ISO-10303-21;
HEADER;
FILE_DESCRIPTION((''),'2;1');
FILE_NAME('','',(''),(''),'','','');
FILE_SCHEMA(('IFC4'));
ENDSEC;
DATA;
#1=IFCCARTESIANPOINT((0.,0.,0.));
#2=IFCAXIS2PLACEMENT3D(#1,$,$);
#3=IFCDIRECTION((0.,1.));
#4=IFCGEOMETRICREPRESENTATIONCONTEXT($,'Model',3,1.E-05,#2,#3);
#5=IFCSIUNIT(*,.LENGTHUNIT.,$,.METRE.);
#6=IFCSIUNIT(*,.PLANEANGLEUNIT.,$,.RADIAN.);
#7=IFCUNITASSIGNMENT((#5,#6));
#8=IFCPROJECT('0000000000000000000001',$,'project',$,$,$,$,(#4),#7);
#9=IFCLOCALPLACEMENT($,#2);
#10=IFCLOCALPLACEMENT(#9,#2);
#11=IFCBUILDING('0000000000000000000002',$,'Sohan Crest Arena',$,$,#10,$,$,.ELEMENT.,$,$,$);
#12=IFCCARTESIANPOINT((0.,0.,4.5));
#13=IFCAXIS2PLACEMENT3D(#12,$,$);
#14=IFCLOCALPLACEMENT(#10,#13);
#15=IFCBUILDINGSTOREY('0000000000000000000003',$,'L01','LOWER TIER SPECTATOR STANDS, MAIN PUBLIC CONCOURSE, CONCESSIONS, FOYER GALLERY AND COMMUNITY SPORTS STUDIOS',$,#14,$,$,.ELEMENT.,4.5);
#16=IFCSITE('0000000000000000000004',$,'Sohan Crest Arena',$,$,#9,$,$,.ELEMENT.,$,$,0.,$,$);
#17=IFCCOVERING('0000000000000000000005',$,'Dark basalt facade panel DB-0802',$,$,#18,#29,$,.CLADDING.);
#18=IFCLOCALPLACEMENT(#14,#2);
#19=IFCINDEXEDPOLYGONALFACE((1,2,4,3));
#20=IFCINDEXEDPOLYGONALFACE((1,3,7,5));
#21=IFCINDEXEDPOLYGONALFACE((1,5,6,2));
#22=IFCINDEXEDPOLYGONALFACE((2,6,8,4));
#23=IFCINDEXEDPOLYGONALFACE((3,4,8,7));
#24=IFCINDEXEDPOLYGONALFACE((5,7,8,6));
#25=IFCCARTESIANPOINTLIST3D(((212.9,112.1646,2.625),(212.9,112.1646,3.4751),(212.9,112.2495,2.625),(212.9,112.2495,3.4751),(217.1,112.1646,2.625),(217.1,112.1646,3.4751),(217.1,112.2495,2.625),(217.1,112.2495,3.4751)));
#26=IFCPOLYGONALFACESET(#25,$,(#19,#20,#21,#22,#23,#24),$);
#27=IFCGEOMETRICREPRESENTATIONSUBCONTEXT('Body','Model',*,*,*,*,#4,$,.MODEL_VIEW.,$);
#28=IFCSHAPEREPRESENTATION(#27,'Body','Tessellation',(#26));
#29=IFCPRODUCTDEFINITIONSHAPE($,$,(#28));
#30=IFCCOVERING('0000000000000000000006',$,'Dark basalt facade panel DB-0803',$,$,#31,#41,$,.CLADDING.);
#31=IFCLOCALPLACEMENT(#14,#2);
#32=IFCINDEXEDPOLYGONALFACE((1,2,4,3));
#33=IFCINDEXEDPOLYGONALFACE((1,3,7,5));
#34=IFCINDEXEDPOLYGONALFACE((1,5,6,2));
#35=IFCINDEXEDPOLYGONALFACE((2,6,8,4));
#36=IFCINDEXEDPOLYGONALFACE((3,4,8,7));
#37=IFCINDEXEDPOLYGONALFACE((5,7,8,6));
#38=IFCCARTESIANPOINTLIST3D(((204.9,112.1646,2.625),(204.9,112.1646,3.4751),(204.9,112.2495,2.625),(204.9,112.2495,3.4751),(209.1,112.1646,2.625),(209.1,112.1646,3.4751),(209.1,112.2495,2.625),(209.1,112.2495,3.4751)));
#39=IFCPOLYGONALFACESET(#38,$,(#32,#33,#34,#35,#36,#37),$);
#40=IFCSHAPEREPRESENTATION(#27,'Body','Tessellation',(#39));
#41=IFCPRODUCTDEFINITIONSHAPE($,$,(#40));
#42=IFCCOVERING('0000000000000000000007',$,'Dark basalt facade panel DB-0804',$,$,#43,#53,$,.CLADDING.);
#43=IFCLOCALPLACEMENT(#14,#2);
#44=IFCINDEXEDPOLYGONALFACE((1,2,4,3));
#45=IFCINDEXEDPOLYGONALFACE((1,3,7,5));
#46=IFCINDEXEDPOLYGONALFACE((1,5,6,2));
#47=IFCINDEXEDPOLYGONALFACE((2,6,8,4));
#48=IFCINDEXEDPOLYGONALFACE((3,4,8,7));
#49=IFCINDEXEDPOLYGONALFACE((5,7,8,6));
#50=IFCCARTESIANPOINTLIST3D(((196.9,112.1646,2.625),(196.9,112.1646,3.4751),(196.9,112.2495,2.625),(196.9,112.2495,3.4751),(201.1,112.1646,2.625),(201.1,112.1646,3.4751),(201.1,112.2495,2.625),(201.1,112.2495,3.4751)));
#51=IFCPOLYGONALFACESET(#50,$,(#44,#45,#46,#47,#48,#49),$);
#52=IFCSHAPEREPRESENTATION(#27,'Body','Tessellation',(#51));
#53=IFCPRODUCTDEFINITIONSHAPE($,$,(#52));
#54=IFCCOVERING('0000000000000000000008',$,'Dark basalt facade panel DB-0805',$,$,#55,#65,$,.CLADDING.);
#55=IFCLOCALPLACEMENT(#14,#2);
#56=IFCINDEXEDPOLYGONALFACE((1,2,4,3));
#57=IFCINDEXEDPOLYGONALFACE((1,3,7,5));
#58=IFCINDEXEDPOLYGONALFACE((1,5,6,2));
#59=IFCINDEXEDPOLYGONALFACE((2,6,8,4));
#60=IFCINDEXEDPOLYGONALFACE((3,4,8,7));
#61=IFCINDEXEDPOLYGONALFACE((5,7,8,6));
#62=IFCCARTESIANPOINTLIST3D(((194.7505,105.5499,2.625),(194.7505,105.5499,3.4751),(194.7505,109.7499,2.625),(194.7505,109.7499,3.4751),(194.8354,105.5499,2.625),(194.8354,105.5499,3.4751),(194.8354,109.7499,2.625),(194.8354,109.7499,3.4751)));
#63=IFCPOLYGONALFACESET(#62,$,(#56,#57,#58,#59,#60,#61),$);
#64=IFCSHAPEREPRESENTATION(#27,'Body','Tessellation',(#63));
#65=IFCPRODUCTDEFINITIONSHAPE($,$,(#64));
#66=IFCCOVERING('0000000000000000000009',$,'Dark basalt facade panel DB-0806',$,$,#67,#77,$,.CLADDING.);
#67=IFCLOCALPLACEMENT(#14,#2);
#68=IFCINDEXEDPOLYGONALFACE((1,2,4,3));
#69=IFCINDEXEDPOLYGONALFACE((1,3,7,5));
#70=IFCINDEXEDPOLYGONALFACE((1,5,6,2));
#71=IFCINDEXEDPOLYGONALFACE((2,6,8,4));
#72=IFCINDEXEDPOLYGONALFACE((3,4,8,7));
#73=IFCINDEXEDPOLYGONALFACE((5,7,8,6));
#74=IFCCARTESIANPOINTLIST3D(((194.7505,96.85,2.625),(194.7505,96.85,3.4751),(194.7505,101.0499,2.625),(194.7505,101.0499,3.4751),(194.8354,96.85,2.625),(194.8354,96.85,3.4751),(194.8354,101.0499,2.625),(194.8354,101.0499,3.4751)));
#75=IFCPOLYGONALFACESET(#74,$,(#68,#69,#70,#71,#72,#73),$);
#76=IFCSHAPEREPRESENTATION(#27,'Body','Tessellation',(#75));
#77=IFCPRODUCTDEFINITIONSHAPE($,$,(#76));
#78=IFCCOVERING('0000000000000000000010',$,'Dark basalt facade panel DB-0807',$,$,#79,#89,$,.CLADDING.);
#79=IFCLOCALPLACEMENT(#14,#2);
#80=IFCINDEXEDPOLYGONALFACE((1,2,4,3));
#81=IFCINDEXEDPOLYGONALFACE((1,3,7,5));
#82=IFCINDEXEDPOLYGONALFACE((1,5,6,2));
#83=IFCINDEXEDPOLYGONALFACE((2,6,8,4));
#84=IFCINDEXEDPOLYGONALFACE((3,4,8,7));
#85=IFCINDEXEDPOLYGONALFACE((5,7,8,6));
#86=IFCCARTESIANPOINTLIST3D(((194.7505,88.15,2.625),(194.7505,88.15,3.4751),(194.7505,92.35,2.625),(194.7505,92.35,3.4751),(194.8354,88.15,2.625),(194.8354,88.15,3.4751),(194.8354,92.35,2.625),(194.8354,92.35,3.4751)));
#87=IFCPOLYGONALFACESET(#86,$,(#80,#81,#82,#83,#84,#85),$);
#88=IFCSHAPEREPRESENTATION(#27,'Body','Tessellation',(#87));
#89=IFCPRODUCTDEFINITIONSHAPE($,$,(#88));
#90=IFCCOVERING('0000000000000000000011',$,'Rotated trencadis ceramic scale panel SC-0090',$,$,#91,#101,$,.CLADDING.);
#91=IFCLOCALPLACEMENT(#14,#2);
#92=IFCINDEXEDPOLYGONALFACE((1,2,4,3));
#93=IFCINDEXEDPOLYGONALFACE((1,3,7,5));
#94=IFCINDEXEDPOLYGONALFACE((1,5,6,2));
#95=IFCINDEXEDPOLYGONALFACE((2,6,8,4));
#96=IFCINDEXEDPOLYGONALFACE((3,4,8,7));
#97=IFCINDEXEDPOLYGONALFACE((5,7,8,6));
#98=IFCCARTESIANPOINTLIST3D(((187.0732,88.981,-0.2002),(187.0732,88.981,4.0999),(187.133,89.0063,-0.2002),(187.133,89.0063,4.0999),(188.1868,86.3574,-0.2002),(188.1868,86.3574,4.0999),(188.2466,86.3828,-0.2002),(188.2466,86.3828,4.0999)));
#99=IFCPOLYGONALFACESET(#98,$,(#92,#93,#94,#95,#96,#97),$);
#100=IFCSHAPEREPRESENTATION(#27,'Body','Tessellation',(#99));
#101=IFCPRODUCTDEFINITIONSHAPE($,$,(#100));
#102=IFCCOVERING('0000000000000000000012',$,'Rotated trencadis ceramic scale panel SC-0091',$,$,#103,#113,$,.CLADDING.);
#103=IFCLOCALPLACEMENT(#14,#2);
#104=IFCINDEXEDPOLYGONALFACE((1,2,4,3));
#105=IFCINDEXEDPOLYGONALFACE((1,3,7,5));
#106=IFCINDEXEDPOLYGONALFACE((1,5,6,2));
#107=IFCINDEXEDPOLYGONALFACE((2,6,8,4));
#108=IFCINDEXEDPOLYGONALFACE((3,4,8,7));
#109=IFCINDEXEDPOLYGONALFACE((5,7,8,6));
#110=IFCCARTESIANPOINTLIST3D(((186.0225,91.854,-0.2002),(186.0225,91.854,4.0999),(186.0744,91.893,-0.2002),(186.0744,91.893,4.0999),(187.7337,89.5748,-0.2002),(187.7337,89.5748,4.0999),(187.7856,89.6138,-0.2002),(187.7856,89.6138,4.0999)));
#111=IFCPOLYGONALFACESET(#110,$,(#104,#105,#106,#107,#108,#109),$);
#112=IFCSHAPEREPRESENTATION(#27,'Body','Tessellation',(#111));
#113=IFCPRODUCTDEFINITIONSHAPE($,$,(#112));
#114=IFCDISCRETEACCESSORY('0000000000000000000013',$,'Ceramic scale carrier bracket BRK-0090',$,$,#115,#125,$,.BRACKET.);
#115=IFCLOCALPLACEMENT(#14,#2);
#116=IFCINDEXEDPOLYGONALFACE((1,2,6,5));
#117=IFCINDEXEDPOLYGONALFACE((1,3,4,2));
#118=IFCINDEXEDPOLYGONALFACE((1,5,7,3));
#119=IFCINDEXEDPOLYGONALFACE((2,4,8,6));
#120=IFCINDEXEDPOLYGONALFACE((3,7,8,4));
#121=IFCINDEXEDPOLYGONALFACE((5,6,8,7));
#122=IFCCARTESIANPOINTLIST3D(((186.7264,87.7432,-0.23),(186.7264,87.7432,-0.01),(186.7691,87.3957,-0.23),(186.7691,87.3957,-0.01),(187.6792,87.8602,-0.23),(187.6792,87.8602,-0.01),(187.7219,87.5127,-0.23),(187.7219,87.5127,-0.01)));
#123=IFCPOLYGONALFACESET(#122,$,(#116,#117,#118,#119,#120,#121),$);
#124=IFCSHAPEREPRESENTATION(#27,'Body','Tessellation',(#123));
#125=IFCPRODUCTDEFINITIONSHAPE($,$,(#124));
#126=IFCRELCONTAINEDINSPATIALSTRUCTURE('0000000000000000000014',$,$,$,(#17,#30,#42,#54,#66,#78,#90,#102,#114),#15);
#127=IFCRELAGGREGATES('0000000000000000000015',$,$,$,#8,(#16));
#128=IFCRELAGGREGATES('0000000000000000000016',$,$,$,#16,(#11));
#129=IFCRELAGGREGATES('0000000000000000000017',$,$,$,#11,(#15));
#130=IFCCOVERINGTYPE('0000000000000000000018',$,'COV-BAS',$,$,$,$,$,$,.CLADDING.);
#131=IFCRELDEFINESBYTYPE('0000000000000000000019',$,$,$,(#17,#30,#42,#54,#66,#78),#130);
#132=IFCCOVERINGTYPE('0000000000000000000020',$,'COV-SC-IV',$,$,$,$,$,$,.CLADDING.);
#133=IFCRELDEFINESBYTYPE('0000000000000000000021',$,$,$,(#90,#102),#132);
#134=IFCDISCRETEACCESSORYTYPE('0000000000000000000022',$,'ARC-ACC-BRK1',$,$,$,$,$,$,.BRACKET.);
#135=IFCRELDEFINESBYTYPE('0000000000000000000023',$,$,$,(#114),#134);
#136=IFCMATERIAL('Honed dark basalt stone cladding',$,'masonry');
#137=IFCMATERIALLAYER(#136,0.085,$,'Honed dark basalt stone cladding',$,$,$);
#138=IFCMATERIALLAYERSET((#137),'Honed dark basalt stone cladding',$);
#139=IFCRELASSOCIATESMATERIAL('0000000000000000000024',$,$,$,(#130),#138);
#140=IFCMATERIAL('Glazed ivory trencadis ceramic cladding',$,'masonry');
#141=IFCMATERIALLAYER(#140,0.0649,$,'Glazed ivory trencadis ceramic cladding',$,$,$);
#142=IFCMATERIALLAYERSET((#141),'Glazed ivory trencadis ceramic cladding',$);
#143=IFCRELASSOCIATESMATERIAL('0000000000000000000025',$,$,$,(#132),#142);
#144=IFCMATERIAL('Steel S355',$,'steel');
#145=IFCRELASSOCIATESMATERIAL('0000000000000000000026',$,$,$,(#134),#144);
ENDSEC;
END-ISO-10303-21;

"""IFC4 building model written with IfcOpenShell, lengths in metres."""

from ifc_helpers import new_model, si_unit, direction, frame, origin, origin_2d, place, context, subcontext, project, spatial, rectangle, extrude, material, layer, layer_set, type_object, element, save


model = new_model("IFC4")

# Units and contexts
model_context = context("Model", 3, precision=1e-05, world=origin(), true_north=direction((0.0, 1.0)))
body_context = subcontext(model_context, "Body", "Model", "MODEL_VIEW")
ifc_project = project(units=[si_unit("LENGTHUNIT", "METRE"), si_unit("PLANEANGLEUNIT", "RADIAN")], contexts=[model_context])

# Site, building, storey
site_placement = place(None, origin())
site = spatial("IfcSite", under=ifc_project, at=site_placement, Name="Sohan Crest Arena", CompositionType="ELEMENT", RefElevation=0.0)
building_placement = place(site_placement, origin())
building = spatial("IfcBuilding", under=site, at=building_placement, Name="Sohan Crest Arena", CompositionType="ELEMENT")
storey_placement = place(building_placement, frame((0.0, 0.0, 4.5)))
storey = spatial("IfcBuildingStorey", under=building, at=storey_placement, Name="L01", Description="LOWER TIER SPECTATOR STANDS, MAIN PUBLIC CONCOURSE, CONCESSIONS, FOYER GALLERY AND COMMUNITY SPORTS STUDIOS", CompositionType="ELEMENT", Elevation=4.5)

# Coverings
ifc_material_1 = material(Name="Honed dark basalt stone cladding", Category="masonry")
ifc_layer_1 = layer(ifc_material_1, 0.085, Name="Honed dark basalt stone cladding")
ifc_layer_set_1 = layer_set([ifc_layer_1], Name="Honed dark basalt stone cladding")
covering_type_1 = type_object("IfcCoveringType", Name="COV-BAS", PredefinedType="CLADDING", material=ifc_layer_set_1)
for number, where, z_axis, x_axis, name in (
    (1, (215.0, 112.207, 2.625), (0.0, 0.0, 1.0), (-1.0, 0.0, 0.0), "Dark basalt facade panel DB-0802"),
    (2, (207.0, 112.207, 2.625), (0.0, 0.0, 1.0), (-1.0, 0.0, 0.0), "Dark basalt facade panel DB-0803"),
    (3, (199.0, 112.207, 2.625), (0.0, 0.0, 1.0), (-1.0, 0.0, 0.0), "Dark basalt facade panel DB-0804"),
    (4, (194.793, 107.6499, 2.625), (0.0, 0.0, 1.0), (0.0, -1.0, 0.0), "Dark basalt facade panel DB-0805"),
    (5, (194.793, 98.95, 2.625), (0.0, 0.0, 1.0), (0.0, -1.0, 0.0), "Dark basalt facade panel DB-0806"),
    (6, (194.793, 90.25, 2.625), (0.0, 0.0, 1.0), (0.0, -1.0, 0.0), "Dark basalt facade panel DB-0807"),
):
    element("IfcCovering", number, at=place(storey_placement, frame(where, z_axis=z_axis, x_axis=x_axis)), inside=storey, type_object=covering_type_1, Name=name, PredefinedType="CLADDING", context=body_context, shape_type="SweptSolid", body=[
        extrude(rectangle(XDim=4.2, YDim=0.085, at=origin_2d()), origin(), (0.0, 0.0, 1.0), 0.8501),
    ])
ifc_material_2 = material(Name="Glazed ivory trencadis ceramic cladding", Category="masonry")
ifc_layer_2 = layer(ifc_material_2, 0.0649, Name="Glazed ivory trencadis ceramic cladding")
ifc_layer_set_2 = layer_set([ifc_layer_2], Name="Glazed ivory trencadis ceramic cladding")
covering_type_2 = type_object("IfcCoveringType", Name="COV-SC-IV", PredefinedType="CLADDING", material=ifc_layer_set_2)
for number, where, z_axis, x_axis, name in (
    (7, (187.6599, 87.6819, -0.2002), (0.0, 0.0, 1.0), (-0.390731, 0.920505, 0.0), "Rotated trencadis ceramic scale panel SC-0090"),
    (8, (186.9041, 90.7339, -0.2002), (0.0, 0.0, 1.0), (-0.60042, 0.799685, 0.0), "Rotated trencadis ceramic scale panel SC-0091"),
):
    element("IfcCovering", number, at=place(storey_placement, frame(where, z_axis=z_axis, x_axis=x_axis)), inside=storey, type_object=covering_type_2, Name=name, PredefinedType="CLADDING", context=body_context, shape_type="SweptSolid", body=[
        extrude(rectangle(XDim=2.8501, YDim=0.0649, at=origin_2d()), origin(), (0.0, 0.0, 1.0), 4.3),
    ])

# Discrete accessory
ifc_material_3 = material(Name="Steel S355", Category="steel")
discrete_accessory_type = type_object("IfcDiscreteAccessoryType", Name="ARC-ACC-BRK1", PredefinedType="BRACKET", material=ifc_material_3)
discrete_accessory_placement = place(storey_placement, frame((187.2241, 87.6279, -0.23), z_axis=(0.0, 0.0, 1.0), x_axis=(-0.121869, 0.992546, 0.0)))
element("IfcDiscreteAccessory", 9, at=discrete_accessory_placement, inside=storey, type_object=discrete_accessory_type, Name="Ceramic scale carrier bracket BRK-0090", PredefinedType="BRACKET", context=body_context, shape_type="SweptSolid", body=[
    extrude(rectangle(XDim=0.3501, YDim=0.96, at=origin_2d()), origin(), (0.0, 0.0, 1.0), 0.22),
])

save(model, "model.ifc")
